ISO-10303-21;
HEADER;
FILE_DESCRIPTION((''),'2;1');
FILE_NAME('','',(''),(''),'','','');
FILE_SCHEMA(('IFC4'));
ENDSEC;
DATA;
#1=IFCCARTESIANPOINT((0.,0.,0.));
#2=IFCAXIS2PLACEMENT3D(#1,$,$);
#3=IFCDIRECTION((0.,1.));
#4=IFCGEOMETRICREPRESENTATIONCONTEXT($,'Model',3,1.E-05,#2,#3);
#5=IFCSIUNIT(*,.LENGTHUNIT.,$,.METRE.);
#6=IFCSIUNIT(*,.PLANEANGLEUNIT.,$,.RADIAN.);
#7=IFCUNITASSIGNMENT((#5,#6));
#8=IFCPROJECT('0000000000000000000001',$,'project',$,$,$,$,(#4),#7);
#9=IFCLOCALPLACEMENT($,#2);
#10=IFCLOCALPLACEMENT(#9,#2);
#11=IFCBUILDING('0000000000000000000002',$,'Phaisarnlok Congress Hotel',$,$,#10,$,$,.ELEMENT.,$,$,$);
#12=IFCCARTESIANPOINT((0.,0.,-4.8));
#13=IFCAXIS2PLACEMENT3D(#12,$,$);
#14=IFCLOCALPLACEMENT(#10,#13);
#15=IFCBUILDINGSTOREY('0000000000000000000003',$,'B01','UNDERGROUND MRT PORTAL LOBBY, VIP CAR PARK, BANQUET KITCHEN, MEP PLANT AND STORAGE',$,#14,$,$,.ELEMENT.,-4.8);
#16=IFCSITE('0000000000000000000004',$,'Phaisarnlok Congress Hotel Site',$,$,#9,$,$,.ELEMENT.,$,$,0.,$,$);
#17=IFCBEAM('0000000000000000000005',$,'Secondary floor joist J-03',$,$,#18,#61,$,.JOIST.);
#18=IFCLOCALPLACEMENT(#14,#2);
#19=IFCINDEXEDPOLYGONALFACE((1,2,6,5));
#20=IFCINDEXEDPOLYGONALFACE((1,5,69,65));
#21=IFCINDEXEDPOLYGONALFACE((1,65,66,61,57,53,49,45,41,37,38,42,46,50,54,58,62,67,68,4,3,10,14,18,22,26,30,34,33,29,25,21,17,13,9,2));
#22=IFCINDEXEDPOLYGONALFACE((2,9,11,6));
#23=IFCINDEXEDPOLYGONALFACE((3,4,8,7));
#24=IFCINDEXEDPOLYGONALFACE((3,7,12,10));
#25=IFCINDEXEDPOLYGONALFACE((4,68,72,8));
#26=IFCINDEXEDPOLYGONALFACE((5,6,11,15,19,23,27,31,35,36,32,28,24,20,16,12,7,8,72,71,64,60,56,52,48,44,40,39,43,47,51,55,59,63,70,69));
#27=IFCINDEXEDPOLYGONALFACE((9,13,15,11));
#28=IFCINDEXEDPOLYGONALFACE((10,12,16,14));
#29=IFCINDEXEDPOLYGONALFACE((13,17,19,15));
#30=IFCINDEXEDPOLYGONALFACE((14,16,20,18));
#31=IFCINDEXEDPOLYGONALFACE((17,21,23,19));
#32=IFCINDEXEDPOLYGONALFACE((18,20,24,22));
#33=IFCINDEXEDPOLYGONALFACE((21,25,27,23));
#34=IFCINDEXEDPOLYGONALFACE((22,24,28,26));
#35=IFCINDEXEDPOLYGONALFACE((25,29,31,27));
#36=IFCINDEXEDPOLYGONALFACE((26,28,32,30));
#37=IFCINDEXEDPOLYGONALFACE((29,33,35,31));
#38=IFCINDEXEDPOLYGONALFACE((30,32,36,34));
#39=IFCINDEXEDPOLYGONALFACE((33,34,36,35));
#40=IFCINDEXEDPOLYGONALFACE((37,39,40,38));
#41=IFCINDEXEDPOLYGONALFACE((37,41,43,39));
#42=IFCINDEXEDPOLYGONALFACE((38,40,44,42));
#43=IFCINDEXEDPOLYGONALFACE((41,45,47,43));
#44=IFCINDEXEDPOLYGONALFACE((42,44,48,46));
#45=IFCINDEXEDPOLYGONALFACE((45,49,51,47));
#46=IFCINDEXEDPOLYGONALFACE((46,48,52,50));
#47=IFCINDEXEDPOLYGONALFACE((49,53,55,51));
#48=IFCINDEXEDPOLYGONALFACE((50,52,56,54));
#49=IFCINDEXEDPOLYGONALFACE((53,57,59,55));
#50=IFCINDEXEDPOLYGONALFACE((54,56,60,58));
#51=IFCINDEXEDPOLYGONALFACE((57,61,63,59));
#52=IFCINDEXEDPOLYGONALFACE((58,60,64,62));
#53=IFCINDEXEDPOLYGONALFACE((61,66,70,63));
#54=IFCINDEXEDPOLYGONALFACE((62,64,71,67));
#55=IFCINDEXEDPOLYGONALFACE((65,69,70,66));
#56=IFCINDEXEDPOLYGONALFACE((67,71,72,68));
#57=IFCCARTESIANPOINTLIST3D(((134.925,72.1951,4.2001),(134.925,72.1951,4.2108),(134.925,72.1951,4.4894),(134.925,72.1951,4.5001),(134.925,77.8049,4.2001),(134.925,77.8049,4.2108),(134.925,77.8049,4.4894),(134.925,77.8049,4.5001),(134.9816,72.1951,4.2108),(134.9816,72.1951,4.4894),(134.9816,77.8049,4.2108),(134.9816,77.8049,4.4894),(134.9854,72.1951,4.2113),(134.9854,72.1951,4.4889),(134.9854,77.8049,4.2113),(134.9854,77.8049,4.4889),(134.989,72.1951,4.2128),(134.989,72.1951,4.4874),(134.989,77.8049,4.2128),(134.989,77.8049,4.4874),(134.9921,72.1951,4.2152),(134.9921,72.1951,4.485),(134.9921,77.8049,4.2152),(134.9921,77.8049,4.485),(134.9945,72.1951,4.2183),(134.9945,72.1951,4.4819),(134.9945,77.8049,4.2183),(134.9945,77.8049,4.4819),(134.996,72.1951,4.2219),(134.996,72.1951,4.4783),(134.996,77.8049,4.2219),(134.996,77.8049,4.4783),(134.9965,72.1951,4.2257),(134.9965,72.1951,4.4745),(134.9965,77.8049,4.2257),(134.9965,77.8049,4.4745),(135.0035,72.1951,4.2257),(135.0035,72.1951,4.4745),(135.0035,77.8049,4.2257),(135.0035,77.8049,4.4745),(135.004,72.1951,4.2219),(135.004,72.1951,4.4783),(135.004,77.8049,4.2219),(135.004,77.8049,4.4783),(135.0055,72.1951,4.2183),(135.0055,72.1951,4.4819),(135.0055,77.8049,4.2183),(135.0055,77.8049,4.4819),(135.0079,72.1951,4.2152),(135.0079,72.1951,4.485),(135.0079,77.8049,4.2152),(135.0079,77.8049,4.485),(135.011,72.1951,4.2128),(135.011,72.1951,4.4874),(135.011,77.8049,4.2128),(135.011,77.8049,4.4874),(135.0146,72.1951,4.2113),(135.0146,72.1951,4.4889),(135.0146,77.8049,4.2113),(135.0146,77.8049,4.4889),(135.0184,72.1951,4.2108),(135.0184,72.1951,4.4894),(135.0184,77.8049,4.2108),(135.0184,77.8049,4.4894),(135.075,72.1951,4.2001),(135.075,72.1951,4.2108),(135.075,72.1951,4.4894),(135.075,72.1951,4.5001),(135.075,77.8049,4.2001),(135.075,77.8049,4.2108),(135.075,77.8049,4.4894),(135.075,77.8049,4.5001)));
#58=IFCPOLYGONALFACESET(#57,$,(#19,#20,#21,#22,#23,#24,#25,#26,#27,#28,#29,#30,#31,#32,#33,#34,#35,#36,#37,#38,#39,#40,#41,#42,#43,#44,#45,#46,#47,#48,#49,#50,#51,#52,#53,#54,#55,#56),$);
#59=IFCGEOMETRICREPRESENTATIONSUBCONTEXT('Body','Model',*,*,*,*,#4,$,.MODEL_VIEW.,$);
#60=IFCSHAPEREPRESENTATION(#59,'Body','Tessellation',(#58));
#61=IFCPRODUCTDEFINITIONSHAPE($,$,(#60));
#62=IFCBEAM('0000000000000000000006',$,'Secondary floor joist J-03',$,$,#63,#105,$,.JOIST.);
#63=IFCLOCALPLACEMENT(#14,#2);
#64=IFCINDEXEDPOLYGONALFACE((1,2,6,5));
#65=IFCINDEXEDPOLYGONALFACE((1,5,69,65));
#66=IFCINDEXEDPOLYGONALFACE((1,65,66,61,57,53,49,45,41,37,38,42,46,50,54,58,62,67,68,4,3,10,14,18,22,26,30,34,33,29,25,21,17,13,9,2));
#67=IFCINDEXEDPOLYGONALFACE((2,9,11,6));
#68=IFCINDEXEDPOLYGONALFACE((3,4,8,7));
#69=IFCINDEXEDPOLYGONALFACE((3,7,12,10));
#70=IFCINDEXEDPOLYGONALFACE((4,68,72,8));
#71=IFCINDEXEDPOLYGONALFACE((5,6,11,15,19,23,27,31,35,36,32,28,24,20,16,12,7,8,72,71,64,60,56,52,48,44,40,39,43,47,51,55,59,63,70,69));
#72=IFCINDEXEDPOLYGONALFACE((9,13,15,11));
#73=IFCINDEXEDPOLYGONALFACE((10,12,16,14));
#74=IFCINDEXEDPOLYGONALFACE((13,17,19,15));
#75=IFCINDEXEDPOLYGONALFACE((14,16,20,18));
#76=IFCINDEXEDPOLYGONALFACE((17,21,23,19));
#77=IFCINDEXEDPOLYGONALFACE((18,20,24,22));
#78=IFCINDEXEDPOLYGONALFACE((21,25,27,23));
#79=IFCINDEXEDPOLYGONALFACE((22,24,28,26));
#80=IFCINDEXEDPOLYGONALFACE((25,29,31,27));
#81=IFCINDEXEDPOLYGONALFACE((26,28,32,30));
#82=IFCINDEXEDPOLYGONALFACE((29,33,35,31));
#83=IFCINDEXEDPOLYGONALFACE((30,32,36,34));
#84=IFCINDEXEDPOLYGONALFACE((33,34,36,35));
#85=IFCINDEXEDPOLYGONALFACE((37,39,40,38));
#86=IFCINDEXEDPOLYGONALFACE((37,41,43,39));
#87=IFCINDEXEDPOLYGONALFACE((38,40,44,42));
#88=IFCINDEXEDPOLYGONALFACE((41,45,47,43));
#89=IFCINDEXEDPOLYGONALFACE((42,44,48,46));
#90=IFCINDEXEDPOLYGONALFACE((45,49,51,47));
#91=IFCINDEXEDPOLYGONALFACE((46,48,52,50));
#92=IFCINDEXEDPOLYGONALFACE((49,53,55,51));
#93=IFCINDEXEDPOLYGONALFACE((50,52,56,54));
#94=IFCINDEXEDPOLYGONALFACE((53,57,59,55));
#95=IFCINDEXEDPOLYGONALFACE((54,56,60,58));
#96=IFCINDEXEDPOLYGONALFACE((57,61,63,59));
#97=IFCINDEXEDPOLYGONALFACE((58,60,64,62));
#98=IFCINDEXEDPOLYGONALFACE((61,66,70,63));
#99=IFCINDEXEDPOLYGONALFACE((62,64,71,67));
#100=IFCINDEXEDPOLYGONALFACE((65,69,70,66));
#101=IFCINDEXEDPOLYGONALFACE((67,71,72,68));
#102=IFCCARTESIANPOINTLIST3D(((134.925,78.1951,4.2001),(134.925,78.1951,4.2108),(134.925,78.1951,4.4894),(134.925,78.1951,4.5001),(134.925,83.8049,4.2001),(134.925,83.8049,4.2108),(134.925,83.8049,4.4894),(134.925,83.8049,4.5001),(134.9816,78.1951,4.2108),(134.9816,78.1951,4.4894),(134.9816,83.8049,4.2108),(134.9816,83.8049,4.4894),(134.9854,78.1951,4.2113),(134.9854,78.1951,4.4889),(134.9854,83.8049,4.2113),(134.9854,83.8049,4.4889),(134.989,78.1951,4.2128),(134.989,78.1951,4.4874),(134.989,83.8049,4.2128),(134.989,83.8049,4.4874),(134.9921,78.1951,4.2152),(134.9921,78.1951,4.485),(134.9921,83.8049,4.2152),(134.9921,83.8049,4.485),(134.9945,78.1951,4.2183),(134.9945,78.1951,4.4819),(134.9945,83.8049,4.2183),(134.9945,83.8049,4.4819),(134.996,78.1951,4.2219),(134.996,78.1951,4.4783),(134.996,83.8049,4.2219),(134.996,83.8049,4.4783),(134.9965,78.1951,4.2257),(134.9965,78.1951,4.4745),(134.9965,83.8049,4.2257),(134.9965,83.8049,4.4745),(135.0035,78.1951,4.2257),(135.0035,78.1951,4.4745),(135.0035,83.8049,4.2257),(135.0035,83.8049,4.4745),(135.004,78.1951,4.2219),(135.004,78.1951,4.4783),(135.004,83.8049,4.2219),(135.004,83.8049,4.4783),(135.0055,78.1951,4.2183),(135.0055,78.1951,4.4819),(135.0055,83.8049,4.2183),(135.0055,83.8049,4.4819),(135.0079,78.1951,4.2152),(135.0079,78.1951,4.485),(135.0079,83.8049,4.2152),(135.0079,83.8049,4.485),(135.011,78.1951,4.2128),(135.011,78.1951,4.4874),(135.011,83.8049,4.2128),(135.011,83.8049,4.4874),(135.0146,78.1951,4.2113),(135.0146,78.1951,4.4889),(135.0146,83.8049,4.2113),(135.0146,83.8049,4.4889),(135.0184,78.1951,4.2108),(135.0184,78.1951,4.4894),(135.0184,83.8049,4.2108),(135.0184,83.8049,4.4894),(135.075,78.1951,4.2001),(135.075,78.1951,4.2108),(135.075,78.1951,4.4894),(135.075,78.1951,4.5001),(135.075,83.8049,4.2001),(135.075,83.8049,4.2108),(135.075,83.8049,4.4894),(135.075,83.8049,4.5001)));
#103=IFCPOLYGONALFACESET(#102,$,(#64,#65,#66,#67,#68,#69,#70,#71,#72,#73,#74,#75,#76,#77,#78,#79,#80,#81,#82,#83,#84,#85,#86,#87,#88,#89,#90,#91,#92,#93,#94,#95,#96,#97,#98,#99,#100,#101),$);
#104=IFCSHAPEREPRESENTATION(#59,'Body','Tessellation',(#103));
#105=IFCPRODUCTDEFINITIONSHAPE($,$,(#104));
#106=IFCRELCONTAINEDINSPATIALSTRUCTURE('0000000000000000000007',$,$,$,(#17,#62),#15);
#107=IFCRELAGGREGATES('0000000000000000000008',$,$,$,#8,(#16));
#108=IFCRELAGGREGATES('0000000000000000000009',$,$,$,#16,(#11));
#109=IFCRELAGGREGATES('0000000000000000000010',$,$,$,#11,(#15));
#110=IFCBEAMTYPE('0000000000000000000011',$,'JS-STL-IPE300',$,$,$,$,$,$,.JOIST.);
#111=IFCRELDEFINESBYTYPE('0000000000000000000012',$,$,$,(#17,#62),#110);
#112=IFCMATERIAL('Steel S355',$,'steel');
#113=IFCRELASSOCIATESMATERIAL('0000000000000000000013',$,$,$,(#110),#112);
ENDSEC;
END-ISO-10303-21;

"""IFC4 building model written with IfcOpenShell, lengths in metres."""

from ifc_helpers import new_model, si_unit, direction, frame, origin, origin_2d, place, context, subcontext, project, spatial, i_section, extrude, material, material_profile, profile_set, type_object, element, save


model = new_model("IFC4")

# Units and contexts
model_context = context("Model", 3, precision=1e-05, world=origin(), true_north=direction((0.0, 1.0)))
body_context = subcontext(model_context, "Body", "Model", "MODEL_VIEW")
ifc_project = project(units=[si_unit("LENGTHUNIT", "METRE"), si_unit("PLANEANGLEUNIT", "RADIAN")], contexts=[model_context])

# Site, building, storey
site_placement = place(None, origin())
site = spatial("IfcSite", under=ifc_project, at=site_placement, Name="Phaisarnlok Congress Hotel Site", CompositionType="ELEMENT", RefElevation=0.0)
building_placement = place(site_placement, origin())
building = spatial("IfcBuilding", under=site, at=building_placement, Name="Phaisarnlok Congress Hotel", CompositionType="ELEMENT")
storey_placement = place(building_placement, frame((0.0, 0.0, -4.8)))
storey = spatial("IfcBuildingStorey", under=building, at=storey_placement, Name="B01", Description="UNDERGROUND MRT PORTAL LOBBY, VIP CAR PARK, BANQUET KITCHEN, MEP PLANT AND STORAGE", CompositionType="ELEMENT", Elevation=-4.8)

# Beams
ifc_material_1 = material(Name="Steel S355", Category="steel")
ifc_material_profile_1 = material_profile(ifc_material_1, i_section(OverallWidth=0.1499, OverallDepth=0.3, WebThickness=0.0071, FlangeThickness=0.0107, FilletRadius=0.0149, at=origin_2d()), Name="IPE 300")
ifc_profile_set_1 = profile_set([ifc_material_profile_1], Name="Steel S355")
beam_type_1 = type_object("IfcBeamType", Name="JS-STL-IPE300", PredefinedType="JOIST", material=ifc_profile_set_1)
for number, where, z_axis, x_axis, name in (
    (1, (135.0, 72.1951, 4.3501), (0.0, 1.0, 0.0), (-1.0, 0.0, 0.0), "Secondary floor joist J-03"),
    (2, (135.0, 78.1951, 4.3501), (0.0, 1.0, 0.0), (-1.0, 0.0, 0.0), "Secondary floor joist J-03"),
):
    element("IfcBeam", number, at=place(storey_placement, frame(where, z_axis=z_axis, x_axis=x_axis)), inside=storey, type_object=beam_type_1, Name=name, PredefinedType="JOIST", context=body_context, shape_type="SweptSolid", body=[
        extrude(i_section(OverallWidth=0.1499, OverallDepth=0.3, WebThickness=0.0071, FlangeThickness=0.0107, FilletRadius=0.0149, at=origin_2d()), origin(), (0.0, 0.0, 1.0), 5.6099),
    ])

save(model, "model.ifc")
